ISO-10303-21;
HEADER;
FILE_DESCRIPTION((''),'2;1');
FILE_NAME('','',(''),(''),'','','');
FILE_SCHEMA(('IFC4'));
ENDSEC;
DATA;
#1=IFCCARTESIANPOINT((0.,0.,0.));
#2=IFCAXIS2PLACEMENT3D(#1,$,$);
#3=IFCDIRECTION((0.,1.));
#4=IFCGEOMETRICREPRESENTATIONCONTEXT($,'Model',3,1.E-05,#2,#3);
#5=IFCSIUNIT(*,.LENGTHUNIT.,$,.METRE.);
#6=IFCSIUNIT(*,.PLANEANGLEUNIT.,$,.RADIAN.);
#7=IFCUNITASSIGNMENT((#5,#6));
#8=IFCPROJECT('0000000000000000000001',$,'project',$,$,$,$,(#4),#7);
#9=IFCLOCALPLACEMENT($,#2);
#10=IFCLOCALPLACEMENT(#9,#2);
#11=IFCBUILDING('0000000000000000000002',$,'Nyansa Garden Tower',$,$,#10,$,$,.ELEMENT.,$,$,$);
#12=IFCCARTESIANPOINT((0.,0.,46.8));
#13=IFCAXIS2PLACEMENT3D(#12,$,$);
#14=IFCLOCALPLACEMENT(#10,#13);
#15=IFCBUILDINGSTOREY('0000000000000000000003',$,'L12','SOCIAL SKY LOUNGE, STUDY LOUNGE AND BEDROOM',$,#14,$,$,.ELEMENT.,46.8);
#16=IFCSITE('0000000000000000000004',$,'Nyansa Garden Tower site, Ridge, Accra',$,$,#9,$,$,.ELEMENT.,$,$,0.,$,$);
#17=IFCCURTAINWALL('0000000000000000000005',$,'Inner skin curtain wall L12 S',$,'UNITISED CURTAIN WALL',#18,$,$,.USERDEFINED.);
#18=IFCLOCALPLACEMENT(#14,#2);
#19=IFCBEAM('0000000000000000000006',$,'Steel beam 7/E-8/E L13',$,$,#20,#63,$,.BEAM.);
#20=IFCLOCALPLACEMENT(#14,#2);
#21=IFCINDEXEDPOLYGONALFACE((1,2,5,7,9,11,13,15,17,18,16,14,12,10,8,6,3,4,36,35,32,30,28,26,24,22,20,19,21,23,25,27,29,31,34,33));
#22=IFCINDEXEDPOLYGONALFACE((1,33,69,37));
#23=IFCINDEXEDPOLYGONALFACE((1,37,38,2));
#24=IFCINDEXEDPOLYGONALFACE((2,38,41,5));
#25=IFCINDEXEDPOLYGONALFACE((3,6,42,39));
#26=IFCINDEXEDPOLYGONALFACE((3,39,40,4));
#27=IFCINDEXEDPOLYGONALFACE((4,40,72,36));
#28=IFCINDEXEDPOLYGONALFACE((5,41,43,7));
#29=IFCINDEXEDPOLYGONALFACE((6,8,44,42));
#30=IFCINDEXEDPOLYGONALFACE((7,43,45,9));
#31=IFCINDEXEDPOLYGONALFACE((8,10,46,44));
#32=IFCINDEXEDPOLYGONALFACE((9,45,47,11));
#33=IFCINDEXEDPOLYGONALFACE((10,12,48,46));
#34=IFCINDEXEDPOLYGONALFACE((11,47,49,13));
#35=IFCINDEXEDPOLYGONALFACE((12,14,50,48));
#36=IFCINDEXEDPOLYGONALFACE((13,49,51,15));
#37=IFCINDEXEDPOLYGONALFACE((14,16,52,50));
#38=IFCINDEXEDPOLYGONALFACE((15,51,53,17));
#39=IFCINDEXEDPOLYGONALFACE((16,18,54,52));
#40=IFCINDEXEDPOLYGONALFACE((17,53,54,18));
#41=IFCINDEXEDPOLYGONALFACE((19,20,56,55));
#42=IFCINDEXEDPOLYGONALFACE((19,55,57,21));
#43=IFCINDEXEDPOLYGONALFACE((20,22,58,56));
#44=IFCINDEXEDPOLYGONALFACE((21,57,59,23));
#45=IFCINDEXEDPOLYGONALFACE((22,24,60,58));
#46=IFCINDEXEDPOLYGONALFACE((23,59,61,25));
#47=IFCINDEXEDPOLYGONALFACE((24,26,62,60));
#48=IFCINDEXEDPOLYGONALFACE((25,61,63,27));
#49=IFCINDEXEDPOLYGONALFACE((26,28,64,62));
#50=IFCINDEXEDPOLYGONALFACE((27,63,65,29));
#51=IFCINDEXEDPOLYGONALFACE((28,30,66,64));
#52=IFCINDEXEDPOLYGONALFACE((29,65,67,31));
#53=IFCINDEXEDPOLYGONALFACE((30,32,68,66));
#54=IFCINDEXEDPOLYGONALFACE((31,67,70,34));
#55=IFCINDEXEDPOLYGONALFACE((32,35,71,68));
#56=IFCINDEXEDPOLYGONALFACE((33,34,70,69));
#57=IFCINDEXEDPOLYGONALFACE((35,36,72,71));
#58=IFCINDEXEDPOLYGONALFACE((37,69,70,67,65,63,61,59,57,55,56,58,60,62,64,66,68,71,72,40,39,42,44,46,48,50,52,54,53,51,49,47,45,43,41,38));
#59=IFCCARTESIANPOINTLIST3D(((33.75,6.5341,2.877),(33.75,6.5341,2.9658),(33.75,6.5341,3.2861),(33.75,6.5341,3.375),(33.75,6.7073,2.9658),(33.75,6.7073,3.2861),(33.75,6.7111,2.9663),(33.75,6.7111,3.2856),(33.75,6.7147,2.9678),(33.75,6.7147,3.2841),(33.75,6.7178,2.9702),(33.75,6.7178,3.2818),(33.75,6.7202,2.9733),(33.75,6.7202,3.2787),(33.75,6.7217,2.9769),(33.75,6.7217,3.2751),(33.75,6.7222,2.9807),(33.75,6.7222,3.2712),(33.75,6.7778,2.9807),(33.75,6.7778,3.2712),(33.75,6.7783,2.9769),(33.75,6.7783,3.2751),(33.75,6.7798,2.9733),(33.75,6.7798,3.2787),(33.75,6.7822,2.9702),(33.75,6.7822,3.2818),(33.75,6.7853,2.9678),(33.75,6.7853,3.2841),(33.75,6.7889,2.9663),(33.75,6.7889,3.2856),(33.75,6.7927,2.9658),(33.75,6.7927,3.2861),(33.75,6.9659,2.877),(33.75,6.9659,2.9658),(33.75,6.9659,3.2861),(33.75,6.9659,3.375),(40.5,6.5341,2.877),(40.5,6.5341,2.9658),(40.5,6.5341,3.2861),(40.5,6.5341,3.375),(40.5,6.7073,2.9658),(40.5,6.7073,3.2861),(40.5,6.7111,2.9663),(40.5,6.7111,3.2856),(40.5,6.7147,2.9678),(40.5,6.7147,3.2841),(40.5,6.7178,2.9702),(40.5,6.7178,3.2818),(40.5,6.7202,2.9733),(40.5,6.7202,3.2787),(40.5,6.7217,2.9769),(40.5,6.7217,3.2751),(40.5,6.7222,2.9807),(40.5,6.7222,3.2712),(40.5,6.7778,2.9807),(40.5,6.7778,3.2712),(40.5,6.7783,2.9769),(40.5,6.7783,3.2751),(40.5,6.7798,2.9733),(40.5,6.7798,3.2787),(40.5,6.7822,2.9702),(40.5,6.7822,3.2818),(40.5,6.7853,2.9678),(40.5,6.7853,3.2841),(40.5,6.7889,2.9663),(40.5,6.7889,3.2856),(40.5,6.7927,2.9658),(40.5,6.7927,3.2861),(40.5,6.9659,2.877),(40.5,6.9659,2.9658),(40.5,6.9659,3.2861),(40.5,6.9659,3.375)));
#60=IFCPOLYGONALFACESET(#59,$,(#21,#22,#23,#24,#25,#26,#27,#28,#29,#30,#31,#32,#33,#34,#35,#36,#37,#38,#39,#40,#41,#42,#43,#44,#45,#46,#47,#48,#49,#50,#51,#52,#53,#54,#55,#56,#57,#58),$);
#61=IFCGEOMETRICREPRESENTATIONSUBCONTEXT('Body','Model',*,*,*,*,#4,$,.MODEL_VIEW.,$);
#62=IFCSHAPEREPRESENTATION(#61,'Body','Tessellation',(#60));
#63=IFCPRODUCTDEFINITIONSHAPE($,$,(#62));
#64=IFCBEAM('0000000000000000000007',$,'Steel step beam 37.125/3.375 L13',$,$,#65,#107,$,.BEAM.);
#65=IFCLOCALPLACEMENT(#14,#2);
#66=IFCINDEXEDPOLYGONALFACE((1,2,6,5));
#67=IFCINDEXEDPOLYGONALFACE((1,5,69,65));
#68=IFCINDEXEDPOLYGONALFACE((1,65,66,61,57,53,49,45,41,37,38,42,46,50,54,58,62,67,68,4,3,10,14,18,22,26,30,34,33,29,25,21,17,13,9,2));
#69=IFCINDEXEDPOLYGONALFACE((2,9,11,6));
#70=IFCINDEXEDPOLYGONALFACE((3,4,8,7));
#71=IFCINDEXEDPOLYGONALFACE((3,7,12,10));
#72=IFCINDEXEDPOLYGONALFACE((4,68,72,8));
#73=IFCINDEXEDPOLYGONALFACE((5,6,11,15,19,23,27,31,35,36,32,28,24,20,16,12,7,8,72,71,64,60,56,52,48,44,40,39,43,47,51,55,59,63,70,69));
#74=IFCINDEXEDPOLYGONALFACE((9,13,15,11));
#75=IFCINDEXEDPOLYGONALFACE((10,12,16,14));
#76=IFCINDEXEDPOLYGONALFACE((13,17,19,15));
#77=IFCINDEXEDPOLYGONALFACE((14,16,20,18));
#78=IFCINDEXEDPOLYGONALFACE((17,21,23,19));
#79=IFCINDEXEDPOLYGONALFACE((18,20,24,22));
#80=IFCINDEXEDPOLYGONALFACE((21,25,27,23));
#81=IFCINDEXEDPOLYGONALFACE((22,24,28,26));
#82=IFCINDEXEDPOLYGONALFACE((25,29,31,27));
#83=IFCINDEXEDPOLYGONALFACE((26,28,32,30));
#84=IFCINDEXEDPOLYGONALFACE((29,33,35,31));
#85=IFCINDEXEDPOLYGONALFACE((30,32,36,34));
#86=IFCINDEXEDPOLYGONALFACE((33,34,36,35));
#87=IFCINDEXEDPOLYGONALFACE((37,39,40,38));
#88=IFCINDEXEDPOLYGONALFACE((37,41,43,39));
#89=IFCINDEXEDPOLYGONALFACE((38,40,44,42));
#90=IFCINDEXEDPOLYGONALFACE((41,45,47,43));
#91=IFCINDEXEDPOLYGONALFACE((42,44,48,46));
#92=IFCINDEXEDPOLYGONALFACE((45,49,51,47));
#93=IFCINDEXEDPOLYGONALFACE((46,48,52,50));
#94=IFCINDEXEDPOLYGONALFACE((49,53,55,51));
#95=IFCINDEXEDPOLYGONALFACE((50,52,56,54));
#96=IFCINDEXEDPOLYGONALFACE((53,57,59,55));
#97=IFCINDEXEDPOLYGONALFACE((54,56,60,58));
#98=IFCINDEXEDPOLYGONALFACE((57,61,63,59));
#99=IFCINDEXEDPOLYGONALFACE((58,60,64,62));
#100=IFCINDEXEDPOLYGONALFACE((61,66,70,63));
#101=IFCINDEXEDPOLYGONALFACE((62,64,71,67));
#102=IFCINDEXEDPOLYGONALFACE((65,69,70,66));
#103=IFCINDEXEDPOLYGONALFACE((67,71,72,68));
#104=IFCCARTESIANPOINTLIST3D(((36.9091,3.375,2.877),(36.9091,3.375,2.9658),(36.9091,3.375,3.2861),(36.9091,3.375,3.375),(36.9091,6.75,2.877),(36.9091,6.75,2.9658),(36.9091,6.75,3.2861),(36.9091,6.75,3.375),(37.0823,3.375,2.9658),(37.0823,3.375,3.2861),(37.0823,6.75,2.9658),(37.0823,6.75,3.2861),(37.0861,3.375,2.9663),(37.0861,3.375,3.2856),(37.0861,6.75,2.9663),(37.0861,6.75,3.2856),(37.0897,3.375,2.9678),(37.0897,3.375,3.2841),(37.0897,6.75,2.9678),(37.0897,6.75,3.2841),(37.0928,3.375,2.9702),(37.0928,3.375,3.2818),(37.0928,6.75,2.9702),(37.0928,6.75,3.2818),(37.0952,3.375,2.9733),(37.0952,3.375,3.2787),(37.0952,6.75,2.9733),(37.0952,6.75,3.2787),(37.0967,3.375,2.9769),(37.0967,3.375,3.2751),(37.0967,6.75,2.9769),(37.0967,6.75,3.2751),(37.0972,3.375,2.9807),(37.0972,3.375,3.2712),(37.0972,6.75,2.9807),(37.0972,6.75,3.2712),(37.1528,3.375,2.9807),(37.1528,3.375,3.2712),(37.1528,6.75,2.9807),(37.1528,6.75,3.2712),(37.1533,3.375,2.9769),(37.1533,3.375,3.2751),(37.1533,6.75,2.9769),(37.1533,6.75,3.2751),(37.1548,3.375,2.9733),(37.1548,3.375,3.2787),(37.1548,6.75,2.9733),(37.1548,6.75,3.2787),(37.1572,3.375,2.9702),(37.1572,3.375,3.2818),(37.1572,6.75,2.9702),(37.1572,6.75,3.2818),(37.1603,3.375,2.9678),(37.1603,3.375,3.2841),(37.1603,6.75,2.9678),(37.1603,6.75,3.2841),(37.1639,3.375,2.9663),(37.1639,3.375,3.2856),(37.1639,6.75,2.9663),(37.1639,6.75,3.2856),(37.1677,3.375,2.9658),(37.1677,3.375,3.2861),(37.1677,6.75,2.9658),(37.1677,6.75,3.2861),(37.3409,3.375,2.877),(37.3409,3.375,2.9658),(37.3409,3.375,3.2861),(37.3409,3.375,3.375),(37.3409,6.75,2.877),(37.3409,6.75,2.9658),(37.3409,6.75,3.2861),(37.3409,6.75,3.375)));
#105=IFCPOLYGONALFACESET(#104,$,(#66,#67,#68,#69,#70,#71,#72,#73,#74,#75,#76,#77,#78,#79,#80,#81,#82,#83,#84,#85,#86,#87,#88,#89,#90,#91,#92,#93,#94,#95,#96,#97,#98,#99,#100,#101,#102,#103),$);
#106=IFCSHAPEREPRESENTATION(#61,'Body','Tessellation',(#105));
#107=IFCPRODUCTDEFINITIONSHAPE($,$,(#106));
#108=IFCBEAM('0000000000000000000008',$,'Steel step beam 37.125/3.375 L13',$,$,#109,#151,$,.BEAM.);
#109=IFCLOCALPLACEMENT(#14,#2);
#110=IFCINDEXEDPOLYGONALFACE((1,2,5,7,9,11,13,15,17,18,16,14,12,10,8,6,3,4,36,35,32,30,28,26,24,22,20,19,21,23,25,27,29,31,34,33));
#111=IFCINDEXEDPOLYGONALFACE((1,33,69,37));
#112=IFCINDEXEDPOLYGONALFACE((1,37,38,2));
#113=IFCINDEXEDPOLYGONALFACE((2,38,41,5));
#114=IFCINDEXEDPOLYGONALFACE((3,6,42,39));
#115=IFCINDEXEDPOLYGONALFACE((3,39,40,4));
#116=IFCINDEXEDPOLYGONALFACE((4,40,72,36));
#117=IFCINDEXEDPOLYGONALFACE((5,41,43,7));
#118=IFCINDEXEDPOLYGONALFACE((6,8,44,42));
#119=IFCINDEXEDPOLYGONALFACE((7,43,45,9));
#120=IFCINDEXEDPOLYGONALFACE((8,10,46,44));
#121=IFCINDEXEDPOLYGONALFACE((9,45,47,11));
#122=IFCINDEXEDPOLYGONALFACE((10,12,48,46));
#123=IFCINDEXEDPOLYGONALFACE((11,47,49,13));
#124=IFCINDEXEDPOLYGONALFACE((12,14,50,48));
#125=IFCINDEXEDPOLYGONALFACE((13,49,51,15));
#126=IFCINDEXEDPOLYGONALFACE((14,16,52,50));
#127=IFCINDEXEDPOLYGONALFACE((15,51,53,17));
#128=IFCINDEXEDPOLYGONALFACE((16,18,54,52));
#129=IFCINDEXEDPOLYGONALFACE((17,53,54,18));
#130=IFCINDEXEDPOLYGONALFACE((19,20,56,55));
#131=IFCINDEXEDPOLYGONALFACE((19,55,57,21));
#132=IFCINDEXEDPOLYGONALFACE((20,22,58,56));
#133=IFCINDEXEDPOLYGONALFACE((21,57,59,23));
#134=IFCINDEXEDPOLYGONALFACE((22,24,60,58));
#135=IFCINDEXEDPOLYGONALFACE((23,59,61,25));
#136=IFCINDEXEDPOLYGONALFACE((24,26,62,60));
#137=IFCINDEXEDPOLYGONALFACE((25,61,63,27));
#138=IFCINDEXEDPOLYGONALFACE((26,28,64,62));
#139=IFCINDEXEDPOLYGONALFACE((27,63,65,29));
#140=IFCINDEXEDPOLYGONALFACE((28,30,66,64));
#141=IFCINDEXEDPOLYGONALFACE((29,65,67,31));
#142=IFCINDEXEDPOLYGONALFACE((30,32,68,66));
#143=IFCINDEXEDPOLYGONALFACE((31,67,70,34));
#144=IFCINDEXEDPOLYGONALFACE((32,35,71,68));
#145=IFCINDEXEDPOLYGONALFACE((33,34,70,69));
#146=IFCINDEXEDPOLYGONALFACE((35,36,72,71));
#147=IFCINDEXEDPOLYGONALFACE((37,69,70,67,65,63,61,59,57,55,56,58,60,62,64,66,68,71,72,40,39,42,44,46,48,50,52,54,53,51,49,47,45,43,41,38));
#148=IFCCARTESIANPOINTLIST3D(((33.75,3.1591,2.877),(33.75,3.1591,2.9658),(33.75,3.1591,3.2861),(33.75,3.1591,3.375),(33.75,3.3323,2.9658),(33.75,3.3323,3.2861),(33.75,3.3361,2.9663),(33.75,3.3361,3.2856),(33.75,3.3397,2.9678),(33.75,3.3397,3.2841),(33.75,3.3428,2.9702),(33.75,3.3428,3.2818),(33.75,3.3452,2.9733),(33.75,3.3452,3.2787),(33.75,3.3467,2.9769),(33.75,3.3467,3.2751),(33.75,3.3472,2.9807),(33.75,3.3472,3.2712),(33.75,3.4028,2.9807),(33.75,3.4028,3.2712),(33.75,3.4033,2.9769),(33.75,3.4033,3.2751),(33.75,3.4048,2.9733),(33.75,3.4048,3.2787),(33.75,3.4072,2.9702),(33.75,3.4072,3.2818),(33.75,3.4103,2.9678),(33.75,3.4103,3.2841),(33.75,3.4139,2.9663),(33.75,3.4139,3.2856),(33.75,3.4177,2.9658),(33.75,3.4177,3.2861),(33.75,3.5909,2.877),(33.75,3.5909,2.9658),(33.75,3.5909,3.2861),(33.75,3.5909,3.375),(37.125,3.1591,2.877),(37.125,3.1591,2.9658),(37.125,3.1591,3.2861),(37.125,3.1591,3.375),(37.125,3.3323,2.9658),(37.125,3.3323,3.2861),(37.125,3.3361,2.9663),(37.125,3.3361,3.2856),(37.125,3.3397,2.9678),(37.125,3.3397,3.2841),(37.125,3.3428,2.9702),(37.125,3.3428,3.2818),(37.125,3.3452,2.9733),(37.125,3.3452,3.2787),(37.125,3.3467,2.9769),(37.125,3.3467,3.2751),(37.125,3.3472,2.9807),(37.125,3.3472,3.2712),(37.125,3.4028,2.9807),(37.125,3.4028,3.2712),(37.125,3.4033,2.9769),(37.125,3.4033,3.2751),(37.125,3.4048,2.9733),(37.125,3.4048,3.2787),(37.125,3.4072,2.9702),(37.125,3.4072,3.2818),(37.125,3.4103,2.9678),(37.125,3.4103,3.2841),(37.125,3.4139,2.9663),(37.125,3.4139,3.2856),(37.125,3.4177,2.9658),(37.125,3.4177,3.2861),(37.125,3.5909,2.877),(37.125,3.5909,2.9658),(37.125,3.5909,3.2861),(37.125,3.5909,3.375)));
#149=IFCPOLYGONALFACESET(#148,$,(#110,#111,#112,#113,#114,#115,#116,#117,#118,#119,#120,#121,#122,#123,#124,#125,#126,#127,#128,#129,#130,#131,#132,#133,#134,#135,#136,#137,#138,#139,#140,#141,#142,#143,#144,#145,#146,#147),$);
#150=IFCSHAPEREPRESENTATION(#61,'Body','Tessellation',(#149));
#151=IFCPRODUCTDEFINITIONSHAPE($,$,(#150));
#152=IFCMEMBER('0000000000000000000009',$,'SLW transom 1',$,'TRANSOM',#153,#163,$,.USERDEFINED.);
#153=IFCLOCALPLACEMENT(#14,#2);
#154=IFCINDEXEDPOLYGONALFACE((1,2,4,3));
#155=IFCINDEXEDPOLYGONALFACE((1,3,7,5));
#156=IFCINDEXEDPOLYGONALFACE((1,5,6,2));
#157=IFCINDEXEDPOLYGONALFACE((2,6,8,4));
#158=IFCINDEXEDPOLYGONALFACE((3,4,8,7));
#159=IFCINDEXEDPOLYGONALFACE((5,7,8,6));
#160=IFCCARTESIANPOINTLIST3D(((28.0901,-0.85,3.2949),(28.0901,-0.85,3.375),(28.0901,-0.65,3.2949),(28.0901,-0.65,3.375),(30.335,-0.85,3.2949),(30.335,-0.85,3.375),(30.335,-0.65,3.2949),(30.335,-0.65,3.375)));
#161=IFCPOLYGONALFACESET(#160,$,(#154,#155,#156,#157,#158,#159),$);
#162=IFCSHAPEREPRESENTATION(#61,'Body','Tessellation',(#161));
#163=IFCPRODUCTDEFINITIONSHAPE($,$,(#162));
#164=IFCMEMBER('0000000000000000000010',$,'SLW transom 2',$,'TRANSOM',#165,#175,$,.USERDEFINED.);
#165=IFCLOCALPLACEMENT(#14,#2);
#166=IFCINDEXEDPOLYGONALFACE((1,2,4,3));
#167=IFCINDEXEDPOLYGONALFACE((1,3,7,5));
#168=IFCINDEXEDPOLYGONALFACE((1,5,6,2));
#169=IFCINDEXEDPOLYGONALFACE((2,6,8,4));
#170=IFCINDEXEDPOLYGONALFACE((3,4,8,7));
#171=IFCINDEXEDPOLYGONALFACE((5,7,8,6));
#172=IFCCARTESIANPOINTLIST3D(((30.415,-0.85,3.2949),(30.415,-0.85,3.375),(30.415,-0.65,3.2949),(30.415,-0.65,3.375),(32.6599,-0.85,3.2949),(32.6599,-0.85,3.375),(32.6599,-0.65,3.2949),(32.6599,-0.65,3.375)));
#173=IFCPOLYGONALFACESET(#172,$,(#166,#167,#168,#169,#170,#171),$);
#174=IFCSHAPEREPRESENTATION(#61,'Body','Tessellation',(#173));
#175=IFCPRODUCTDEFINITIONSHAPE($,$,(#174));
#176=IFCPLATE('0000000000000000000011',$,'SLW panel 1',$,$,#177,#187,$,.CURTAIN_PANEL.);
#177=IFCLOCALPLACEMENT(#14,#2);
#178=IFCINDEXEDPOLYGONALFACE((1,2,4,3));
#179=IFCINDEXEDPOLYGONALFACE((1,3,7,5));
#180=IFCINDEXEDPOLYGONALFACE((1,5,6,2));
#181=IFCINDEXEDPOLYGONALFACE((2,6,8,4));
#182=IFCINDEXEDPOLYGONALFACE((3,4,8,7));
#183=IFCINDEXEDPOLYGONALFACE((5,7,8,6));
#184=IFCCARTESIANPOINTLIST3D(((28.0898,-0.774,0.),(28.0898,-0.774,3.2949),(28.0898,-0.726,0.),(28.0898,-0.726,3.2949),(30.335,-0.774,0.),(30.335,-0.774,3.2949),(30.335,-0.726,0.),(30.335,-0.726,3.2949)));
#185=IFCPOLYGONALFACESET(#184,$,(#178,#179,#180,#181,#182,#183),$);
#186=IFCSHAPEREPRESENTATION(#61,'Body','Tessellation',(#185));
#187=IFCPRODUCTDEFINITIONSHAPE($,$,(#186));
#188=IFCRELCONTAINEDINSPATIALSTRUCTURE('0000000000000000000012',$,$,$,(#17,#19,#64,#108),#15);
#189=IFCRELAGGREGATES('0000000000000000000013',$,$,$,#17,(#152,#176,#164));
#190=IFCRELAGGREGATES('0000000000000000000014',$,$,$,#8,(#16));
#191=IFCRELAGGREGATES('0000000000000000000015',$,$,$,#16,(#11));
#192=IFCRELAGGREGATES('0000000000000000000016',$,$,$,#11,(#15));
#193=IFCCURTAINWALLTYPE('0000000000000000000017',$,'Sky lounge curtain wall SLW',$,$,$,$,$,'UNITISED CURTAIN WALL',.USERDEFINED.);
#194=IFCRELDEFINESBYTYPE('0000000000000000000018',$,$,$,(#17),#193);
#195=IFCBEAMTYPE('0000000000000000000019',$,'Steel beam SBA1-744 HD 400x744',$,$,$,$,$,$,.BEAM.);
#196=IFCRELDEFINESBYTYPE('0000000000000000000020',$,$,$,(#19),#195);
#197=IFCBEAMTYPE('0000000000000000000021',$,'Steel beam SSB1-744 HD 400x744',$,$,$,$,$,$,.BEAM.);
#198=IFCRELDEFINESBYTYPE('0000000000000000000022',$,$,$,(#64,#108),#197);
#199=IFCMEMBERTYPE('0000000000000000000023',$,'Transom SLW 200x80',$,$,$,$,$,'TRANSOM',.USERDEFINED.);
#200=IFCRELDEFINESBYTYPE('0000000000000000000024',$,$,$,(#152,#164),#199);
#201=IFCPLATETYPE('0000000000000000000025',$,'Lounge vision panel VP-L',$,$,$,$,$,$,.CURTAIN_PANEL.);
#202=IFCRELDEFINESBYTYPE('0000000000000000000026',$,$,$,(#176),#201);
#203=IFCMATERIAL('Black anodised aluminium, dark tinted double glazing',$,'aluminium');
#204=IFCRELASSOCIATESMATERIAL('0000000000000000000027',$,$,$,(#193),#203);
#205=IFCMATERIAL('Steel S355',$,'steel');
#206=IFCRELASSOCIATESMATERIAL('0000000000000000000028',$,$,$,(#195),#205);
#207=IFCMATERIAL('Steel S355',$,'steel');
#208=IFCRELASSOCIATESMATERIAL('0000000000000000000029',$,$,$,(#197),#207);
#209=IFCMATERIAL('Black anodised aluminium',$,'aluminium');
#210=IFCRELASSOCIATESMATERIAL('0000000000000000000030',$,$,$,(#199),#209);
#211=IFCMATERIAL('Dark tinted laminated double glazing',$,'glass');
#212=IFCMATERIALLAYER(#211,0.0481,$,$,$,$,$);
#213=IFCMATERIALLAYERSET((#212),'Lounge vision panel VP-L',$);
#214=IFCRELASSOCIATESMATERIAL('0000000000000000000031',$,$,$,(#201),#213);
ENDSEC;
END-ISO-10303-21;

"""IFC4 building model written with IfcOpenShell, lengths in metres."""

from ifc_helpers import new_model, si_unit, direction, frame, origin, origin_2d, place, context, subcontext, project, spatial, rectangle, i_section, extrude, material, layer, layer_set, material_profile, profile_set, type_object, element, aggregate, save


model = new_model("IFC4")

# Units and contexts
model_context = context("Model", 3, precision=1e-05, world=origin(), true_north=direction((0.0, 1.0)))
body_context = subcontext(model_context, "Body", "Model", "MODEL_VIEW")
ifc_project = project(units=[si_unit("LENGTHUNIT", "METRE"), si_unit("PLANEANGLEUNIT", "RADIAN")], contexts=[model_context])

# Site, building, storey
site_placement = place(None, origin())
site = spatial("IfcSite", under=ifc_project, at=site_placement, Name="Nyansa Garden Tower site, Ridge, Accra", CompositionType="ELEMENT", RefElevation=0.0)
building_placement = place(site_placement, origin())
building = spatial("IfcBuilding", under=site, at=building_placement, Name="Nyansa Garden Tower", CompositionType="ELEMENT")
storey_placement = place(building_placement, frame((0.0, 0.0, 46.8)))
storey = spatial("IfcBuildingStorey", under=building, at=storey_placement, Name="L12", Description="SOCIAL SKY LOUNGE, STUDY LOUNGE AND BEDROOM", CompositionType="ELEMENT", Elevation=46.8)

# Curtain wall
ifc_material_1 = material(Name="Black anodised aluminium, dark tinted double glazing", Category="aluminium")
curtain_wall_type = type_object("IfcCurtainWallType", Name="Sky lounge curtain wall SLW", ElementType="UNITISED CURTAIN WALL", PredefinedType="USERDEFINED", material=ifc_material_1)
curtain_wall_placement = place(storey_placement, origin())
curtain_wall = element("IfcCurtainWall", 1, at=curtain_wall_placement, inside=storey, type_object=curtain_wall_type, Name="Inner skin curtain wall L12 S", ObjectType="UNITISED CURTAIN WALL", PredefinedType="USERDEFINED")

# Beams
ifc_material_2 = material(Name="Steel S355", Category="steel")
ifc_material_profile_1 = material_profile(ifc_material_2, i_section(OverallWidth=0.4319, OverallDepth=0.498, WebThickness=0.0557, FlangeThickness=0.0889, FilletRadius=0.0149, at=origin_2d()), Name="HD 400x744")
ifc_profile_set_1 = profile_set([ifc_material_profile_1], Name="Steel S355")
beam_type_1 = type_object("IfcBeamType", Name="Steel beam SBA1-744 HD 400x744", PredefinedType="BEAM", material=ifc_profile_set_1)
for number, where, z_axis, x_axis, name in (
    (2, (33.75, 6.75, 3.126), (1.0, 0.0, 0.0), (0.0, 1.0, 0.0), "Steel beam 7/E-8/E L13"),
):
    element("IfcBeam", number, at=place(storey_placement, frame(where, z_axis=z_axis, x_axis=x_axis)), inside=storey, type_object=beam_type_1, Name=name, PredefinedType="BEAM", context=body_context, shape_type="SweptSolid", body=[
        extrude(i_section(OverallWidth=0.4319, OverallDepth=0.498, WebThickness=0.0557, FlangeThickness=0.0889, FilletRadius=0.0149, at=origin_2d()), origin(), (0.0, 0.0, 1.0), 6.75),
    ])
ifc_material_3 = material(Name="Steel S355", Category="steel")
ifc_material_profile_2 = material_profile(ifc_material_3, i_section(OverallWidth=0.4319, OverallDepth=0.498, WebThickness=0.0557, FlangeThickness=0.0889, FilletRadius=0.0149, at=origin_2d()), Name="HD 400x744")
ifc_profile_set_2 = profile_set([ifc_material_profile_2], Name="Steel S355")
beam_type_2 = type_object("IfcBeamType", Name="Steel beam SSB1-744 HD 400x744", PredefinedType="BEAM", material=ifc_profile_set_2)
for number, where, z_axis, x_axis, name in (
    (3, (37.125, 3.375, 3.126), (0.0, 1.0, 0.0), (-1.0, 0.0, 0.0), "Steel step beam 37.125/3.375 L13"),
    (4, (37.125, 3.375, 3.126), (-1.0, 0.0, 0.0), (0.0, -1.0, 0.0), "Steel step beam 37.125/3.375 L13"),
):
    element("IfcBeam", number, at=place(storey_placement, frame(where, z_axis=z_axis, x_axis=x_axis)), inside=storey, type_object=beam_type_2, Name=name, PredefinedType="BEAM", context=body_context, shape_type="SweptSolid", body=[
        extrude(i_section(OverallWidth=0.4319, OverallDepth=0.498, WebThickness=0.0557, FlangeThickness=0.0889, FilletRadius=0.0149, at=origin_2d()), origin(), (0.0, 0.0, 1.0), 3.375),
    ])

# Members
ifc_material_4 = material(Name="Black anodised aluminium", Category="aluminium")
ifc_material_profile_3 = material_profile(ifc_material_4, rectangle(XDim=0.2, YDim=0.0801, at=origin_2d()), Name="Transom 200x80")
ifc_profile_set_3 = profile_set([ifc_material_profile_3], Name="Black anodised aluminium")
member_type_1 = type_object("IfcMemberType", Name="Transom SLW 200x80", ElementType="TRANSOM", PredefinedType="USERDEFINED", material=ifc_profile_set_3)
member_1_placement = place(storey_placement, frame((28.0901, -0.75, 3.335), z_axis=(1.0, 0.0, 0.0), x_axis=(0.0, 1.0, 0.0)))
member_1 = element("IfcMember", 5, at=member_1_placement, type_object=member_type_1, Name="SLW transom 1", ObjectType="TRANSOM", PredefinedType="USERDEFINED", context=body_context, shape_type="SweptSolid", body=[
    extrude(rectangle(XDim=0.2, YDim=0.0801, at=origin_2d()), origin(), (0.0, 0.0, 1.0), 2.2449),
])
member_2_placement = place(storey_placement, frame((30.415, -0.75, 3.335), z_axis=(1.0, 0.0, 0.0), x_axis=(0.0, 1.0, 0.0)))
member_2 = element("IfcMember", 6, at=member_2_placement, type_object=member_type_1, Name="SLW transom 2", ObjectType="TRANSOM", PredefinedType="USERDEFINED", context=body_context, shape_type="SweptSolid", body=[
    extrude(rectangle(XDim=0.2, YDim=0.0801, at=origin_2d()), origin(), (0.0, 0.0, 1.0), 2.2449),
])

# Plate
ifc_material_5 = material(Name="Dark tinted laminated double glazing", Category="glass")
ifc_layer_1 = layer(ifc_material_5, 0.0481)
ifc_layer_set_1 = layer_set([ifc_layer_1], Name="Lounge vision panel VP-L")
plate_type = type_object("IfcPlateType", Name="Lounge vision panel VP-L", PredefinedType="CURTAIN_PANEL", material=ifc_layer_set_1)
plate_1_placement = place(storey_placement, frame((29.2124, -0.75, 0.0), z_axis=(0.0, 0.0, 1.0), x_axis=(1.0, 0.0, 0.0)))
plate_1 = element("IfcPlate", 7, at=plate_1_placement, type_object=plate_type, Name="SLW panel 1", PredefinedType="CURTAIN_PANEL", context=body_context, shape_type="SweptSolid", body=[
    extrude(rectangle(XDim=2.2451, YDim=0.0481, at=origin_2d()), origin(), (0.0, 0.0, 1.0), 3.2949),
])
aggregate(curtain_wall, [member_1, plate_1, member_2])

save(model, "model.ifc")
